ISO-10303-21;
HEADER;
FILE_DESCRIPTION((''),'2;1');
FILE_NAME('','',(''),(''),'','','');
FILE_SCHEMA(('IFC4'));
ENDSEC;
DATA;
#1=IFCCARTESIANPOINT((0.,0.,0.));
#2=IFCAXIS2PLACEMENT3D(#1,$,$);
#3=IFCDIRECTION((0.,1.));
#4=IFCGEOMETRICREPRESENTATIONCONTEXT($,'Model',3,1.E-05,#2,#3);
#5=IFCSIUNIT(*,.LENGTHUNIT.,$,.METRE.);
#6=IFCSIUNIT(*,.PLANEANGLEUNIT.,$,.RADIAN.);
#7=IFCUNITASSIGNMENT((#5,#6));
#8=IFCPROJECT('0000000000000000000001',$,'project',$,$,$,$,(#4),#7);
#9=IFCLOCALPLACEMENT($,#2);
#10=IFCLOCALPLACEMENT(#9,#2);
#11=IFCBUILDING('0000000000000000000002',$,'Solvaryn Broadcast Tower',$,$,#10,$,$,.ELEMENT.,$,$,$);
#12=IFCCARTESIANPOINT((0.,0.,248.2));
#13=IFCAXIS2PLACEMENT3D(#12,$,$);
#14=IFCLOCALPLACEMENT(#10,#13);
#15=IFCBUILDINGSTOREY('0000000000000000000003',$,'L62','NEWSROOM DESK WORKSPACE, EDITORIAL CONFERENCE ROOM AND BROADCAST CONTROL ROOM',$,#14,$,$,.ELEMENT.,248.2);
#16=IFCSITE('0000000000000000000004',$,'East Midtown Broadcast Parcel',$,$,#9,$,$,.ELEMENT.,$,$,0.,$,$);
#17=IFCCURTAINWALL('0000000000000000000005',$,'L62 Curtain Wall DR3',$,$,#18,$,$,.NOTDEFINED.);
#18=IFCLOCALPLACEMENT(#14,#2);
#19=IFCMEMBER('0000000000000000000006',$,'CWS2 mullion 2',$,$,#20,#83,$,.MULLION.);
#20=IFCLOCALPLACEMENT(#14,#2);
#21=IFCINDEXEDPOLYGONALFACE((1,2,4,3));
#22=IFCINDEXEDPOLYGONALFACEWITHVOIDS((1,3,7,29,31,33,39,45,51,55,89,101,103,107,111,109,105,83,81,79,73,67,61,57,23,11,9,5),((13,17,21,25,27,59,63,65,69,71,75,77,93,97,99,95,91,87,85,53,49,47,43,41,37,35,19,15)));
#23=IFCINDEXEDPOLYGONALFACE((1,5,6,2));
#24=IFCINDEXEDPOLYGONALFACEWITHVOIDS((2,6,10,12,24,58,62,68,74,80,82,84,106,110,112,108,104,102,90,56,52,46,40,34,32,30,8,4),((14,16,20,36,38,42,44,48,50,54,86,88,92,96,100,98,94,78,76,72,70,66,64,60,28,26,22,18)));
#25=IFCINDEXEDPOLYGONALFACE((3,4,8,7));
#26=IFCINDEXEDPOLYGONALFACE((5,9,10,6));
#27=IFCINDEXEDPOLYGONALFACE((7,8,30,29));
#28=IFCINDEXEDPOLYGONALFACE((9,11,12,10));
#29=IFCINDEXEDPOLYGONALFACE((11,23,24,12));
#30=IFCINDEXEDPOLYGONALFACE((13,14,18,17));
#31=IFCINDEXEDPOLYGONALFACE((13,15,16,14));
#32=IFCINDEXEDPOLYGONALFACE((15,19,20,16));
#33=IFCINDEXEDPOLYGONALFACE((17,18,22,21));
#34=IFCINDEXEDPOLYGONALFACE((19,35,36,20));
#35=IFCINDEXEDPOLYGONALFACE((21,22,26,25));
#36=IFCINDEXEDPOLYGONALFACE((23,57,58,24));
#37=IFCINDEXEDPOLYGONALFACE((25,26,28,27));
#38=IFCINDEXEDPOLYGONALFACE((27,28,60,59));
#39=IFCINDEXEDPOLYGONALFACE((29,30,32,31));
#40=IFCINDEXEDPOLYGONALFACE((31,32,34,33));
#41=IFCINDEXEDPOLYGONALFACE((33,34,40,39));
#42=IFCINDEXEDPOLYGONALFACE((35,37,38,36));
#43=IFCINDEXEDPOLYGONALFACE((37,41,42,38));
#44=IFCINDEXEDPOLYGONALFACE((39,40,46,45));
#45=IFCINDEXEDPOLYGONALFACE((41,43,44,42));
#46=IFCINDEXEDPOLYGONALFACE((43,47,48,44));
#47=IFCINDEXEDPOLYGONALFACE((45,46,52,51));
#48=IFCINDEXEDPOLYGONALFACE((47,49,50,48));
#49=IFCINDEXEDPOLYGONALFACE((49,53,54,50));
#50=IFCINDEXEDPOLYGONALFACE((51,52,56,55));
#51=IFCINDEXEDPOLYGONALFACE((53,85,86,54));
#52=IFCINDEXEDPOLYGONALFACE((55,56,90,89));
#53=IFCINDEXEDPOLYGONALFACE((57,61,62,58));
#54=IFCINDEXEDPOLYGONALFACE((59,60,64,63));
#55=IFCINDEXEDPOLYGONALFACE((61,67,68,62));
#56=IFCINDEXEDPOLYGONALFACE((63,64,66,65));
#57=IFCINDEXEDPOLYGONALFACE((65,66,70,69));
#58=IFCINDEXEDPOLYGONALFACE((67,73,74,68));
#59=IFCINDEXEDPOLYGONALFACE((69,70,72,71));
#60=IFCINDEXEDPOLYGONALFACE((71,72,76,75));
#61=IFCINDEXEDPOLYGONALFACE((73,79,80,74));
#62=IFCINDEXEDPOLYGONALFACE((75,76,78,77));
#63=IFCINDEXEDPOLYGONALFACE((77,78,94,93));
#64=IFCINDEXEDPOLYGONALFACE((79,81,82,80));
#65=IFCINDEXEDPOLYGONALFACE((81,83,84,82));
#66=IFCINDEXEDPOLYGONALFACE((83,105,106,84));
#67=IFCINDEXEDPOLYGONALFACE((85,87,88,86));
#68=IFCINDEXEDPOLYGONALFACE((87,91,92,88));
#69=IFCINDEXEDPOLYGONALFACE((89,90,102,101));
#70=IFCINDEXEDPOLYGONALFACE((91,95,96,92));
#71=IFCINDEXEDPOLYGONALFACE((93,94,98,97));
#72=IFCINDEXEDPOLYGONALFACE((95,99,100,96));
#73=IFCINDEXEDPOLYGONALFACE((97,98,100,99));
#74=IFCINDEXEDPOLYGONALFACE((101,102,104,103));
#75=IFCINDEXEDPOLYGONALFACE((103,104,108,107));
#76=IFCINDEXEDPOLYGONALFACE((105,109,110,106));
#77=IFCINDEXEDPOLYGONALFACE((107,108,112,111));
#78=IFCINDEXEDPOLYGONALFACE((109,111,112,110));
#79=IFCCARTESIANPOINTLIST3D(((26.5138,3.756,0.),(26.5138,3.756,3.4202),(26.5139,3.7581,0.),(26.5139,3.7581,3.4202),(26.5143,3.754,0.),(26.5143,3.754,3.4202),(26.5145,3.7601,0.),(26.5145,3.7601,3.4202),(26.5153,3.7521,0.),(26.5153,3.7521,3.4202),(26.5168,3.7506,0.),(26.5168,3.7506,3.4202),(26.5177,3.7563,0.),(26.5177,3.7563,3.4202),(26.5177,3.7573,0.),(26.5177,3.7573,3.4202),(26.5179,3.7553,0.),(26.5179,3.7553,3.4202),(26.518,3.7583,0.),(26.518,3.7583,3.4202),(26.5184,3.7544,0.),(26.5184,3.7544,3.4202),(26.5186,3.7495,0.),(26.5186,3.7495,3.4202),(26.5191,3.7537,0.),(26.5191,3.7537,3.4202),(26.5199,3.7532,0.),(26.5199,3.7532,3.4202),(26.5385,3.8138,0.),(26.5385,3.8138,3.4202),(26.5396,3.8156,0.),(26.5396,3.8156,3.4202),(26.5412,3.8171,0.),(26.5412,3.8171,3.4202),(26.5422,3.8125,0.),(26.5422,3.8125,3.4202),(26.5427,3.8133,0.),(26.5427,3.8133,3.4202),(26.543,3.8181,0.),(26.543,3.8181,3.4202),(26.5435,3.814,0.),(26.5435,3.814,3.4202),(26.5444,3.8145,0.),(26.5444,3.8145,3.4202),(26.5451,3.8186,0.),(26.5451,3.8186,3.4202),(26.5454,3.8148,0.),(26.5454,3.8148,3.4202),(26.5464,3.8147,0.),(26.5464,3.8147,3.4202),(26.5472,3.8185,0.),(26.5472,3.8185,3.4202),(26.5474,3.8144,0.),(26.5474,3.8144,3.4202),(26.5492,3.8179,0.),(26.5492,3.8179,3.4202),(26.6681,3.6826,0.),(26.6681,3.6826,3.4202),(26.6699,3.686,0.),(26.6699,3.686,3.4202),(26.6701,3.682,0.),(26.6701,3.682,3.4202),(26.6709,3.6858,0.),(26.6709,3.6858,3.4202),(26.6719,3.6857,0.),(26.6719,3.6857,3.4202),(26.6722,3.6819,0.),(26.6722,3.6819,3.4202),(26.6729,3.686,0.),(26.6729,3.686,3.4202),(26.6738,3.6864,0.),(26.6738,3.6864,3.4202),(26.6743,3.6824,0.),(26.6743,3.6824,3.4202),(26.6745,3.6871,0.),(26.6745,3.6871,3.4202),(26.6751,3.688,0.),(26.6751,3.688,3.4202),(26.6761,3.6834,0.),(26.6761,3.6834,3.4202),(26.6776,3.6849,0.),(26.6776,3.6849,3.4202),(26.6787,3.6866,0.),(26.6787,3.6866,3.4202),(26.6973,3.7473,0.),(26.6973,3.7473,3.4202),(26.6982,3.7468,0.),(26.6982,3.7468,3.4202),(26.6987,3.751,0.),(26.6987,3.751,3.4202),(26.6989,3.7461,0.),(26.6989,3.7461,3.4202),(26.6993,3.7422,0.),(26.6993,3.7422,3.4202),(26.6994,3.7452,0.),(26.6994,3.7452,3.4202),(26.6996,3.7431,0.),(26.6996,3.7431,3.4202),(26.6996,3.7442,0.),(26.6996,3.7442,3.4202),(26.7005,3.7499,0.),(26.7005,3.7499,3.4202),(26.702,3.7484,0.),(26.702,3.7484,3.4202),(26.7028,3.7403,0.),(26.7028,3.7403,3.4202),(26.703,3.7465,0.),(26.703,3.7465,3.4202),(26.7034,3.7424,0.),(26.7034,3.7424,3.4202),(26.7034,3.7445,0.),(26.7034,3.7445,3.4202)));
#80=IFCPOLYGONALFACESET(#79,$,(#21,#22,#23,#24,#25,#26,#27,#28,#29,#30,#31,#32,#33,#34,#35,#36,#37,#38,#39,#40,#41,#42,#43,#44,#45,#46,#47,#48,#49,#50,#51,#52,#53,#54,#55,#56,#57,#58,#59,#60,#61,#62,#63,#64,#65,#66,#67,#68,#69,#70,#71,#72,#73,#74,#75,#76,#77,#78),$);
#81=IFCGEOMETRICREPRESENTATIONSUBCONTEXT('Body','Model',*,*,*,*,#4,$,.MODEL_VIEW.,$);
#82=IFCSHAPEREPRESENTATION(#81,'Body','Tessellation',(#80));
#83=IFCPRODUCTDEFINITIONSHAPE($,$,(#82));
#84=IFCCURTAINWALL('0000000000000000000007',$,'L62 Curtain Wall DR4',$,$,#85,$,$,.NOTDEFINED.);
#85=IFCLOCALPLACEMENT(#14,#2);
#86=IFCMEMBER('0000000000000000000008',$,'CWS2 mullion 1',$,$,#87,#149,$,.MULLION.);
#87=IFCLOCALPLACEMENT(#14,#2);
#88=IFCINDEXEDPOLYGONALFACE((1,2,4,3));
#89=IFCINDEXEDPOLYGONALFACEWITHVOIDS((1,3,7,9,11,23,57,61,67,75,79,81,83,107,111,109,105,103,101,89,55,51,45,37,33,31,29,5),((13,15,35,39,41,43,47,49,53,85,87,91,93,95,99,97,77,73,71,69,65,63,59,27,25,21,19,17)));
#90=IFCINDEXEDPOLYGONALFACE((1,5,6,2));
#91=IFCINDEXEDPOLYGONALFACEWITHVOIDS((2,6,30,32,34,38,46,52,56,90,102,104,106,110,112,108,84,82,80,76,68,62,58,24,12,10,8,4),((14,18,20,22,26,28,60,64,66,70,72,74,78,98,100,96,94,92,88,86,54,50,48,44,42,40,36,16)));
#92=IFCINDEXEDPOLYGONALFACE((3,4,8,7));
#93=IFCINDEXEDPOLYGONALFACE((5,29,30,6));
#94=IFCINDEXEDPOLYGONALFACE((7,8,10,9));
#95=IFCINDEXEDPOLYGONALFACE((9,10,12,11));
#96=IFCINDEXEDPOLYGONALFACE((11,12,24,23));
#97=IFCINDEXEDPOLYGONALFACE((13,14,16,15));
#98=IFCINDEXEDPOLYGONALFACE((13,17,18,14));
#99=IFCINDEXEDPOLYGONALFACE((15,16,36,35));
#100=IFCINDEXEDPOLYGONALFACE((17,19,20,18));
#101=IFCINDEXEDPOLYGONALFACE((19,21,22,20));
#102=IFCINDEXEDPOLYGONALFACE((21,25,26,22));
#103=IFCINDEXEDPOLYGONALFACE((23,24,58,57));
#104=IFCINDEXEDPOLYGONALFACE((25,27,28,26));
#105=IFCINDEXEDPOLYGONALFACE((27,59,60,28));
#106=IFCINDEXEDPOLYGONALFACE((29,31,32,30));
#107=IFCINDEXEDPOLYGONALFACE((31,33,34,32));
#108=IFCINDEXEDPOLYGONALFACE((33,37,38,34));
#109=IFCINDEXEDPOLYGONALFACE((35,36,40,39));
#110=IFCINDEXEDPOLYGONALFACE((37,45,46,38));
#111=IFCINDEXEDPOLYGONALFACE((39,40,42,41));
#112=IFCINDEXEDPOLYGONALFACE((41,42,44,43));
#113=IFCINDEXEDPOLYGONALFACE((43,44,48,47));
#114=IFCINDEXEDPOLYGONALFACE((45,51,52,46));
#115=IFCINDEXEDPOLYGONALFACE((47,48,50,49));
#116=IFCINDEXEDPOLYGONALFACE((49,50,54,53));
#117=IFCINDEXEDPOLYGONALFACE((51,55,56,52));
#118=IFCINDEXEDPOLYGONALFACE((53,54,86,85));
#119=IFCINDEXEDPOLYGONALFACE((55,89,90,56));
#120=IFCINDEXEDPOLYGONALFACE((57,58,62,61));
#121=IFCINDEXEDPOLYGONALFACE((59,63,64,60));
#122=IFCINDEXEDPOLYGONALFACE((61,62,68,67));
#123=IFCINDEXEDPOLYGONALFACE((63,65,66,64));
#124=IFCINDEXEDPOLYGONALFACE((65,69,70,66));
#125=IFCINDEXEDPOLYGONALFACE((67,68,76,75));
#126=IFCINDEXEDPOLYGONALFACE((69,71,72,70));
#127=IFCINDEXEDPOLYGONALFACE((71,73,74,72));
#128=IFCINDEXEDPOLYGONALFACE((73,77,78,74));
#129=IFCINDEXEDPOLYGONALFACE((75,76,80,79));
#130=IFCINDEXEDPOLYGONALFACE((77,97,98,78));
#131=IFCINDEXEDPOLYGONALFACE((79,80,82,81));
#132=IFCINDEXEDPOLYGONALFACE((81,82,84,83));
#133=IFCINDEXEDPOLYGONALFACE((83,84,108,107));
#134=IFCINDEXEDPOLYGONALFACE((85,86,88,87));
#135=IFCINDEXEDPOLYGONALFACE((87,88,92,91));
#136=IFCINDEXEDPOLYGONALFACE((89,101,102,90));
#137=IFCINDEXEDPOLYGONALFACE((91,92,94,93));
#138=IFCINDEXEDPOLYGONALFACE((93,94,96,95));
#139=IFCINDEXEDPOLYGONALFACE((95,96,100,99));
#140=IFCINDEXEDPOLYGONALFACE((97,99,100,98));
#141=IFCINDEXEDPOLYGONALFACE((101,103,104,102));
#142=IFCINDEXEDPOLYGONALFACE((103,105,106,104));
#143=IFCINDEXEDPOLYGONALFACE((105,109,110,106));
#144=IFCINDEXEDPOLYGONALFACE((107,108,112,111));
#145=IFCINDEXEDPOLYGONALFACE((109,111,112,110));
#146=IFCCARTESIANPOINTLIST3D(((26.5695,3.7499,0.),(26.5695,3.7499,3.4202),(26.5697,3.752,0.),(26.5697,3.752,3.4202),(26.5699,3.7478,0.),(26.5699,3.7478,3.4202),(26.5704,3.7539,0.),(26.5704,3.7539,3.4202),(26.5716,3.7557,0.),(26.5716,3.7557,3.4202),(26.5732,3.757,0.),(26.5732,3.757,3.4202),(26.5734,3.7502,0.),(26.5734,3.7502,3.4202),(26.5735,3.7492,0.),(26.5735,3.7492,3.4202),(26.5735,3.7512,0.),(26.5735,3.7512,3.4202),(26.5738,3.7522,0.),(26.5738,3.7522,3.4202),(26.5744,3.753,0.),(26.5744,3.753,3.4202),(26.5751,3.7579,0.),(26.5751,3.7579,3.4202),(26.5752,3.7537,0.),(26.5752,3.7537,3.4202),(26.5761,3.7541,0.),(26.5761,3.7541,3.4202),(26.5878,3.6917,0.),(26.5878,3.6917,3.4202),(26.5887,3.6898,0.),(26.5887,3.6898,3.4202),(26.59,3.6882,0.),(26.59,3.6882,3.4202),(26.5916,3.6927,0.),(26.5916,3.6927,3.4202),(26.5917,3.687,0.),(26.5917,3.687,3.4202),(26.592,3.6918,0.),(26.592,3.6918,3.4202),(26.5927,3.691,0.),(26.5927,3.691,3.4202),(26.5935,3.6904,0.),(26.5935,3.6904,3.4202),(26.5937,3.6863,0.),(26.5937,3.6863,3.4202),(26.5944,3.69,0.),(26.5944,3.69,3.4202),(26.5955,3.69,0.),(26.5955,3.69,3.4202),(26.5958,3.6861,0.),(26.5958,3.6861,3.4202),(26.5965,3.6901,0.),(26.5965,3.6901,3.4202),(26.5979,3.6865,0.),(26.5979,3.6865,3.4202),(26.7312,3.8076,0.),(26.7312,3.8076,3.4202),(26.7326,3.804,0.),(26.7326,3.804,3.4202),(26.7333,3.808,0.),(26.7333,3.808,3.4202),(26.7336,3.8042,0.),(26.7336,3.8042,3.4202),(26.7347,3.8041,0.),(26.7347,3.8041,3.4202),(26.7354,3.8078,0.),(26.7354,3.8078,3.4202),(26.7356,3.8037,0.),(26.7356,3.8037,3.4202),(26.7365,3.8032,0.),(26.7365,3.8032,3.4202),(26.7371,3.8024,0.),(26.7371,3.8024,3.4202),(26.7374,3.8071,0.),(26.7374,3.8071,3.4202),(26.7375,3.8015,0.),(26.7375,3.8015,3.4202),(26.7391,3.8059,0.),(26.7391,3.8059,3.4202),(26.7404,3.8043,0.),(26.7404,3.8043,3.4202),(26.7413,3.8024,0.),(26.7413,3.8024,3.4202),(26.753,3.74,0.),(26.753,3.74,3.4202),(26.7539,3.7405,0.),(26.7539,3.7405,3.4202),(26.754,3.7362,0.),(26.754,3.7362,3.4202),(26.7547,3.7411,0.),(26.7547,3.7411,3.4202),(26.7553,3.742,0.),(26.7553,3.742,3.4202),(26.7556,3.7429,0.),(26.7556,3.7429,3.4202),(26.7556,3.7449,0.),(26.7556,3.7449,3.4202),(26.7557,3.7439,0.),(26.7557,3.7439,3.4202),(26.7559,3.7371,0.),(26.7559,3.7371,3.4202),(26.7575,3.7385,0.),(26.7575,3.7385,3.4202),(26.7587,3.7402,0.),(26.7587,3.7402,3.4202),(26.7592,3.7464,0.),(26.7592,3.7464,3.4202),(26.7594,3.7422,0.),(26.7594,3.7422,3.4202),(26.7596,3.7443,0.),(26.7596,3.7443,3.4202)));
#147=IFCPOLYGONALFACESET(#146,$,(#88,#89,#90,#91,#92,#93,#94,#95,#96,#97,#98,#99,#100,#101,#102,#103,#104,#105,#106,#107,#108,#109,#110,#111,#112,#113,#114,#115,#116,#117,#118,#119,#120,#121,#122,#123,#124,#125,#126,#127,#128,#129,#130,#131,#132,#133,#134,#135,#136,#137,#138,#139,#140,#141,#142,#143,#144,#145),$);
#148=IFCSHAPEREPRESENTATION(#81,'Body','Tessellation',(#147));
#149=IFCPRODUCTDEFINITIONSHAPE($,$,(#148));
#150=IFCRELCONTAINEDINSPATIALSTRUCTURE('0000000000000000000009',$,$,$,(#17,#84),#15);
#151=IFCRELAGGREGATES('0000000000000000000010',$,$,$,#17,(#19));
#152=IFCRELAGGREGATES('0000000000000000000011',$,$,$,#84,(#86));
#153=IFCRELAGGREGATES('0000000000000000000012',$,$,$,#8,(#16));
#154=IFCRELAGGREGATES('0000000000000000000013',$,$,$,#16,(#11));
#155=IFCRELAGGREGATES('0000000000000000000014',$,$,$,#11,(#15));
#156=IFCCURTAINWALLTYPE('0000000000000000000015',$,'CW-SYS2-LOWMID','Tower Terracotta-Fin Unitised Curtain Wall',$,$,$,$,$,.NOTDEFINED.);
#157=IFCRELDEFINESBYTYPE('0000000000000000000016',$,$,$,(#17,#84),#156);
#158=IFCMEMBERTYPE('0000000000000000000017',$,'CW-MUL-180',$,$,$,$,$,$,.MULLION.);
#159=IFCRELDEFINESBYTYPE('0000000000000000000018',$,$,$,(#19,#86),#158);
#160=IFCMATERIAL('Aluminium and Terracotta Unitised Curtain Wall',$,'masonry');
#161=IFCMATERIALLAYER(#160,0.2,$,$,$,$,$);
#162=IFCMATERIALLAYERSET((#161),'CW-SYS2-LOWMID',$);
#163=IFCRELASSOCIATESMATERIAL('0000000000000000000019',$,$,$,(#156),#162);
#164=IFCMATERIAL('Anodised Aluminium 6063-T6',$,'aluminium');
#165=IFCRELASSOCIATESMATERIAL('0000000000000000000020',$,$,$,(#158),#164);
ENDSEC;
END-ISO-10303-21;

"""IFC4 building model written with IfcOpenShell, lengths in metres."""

from ifc_helpers import new_model, si_unit, direction, frame, origin, origin_2d, place, context, subcontext, project, spatial, hollow_rectangle, extrude, material, layer, layer_set, material_profile, profile_set, type_object, element, aggregate, save


model = new_model("IFC4")

# Units and contexts
model_context = context("Model", 3, precision=1e-05, world=origin(), true_north=direction((0.0, 1.0)))
body_context = subcontext(model_context, "Body", "Model", "MODEL_VIEW")
ifc_project = project(units=[si_unit("LENGTHUNIT", "METRE"), si_unit("PLANEANGLEUNIT", "RADIAN")], contexts=[model_context])

# Site, building, storey
site_placement = place(None, origin())
site = spatial("IfcSite", under=ifc_project, at=site_placement, Name="East Midtown Broadcast Parcel", CompositionType="ELEMENT", RefElevation=0.0)
building_placement = place(site_placement, origin())
building = spatial("IfcBuilding", under=site, at=building_placement, Name="Solvaryn Broadcast Tower", CompositionType="ELEMENT")
storey_placement = place(building_placement, frame((0.0, 0.0, 248.2)))
storey = spatial("IfcBuildingStorey", under=building, at=storey_placement, Name="L62", Description="NEWSROOM DESK WORKSPACE, EDITORIAL CONFERENCE ROOM AND BROADCAST CONTROL ROOM", CompositionType="ELEMENT", Elevation=248.2)

# Curtain wall, member
ifc_material_1 = material(Name="Aluminium and Terracotta Unitised Curtain Wall", Category="masonry")
ifc_layer_1 = layer(ifc_material_1, 0.2)
ifc_layer_set_1 = layer_set([ifc_layer_1], Name="CW-SYS2-LOWMID")
curtain_wall_type = type_object("IfcCurtainWallType", Name="CW-SYS2-LOWMID", Description="Tower Terracotta-Fin Unitised Curtain Wall", PredefinedType="NOTDEFINED", material=ifc_layer_set_1)
curtain_wall_1_placement = place(storey_placement, origin())
curtain_wall_1 = element("IfcCurtainWall", 1, at=curtain_wall_1_placement, inside=storey, type_object=curtain_wall_type, Name="L62 Curtain Wall DR3", PredefinedType="NOTDEFINED")
ifc_material_2 = material(Name="Anodised Aluminium 6063-T6", Category="aluminium")
ifc_material_profile_1 = material_profile(ifc_material_2, hollow_rectangle(XDim=0.075, YDim=0.1799, WallThickness=0.0039, InnerFilletRadius=0.0039, OuterFilletRadius=0.0081, at=origin_2d()))
ifc_profile_set_1 = profile_set([ifc_material_profile_1], Name="Anodised Aluminium 6063-T6")
member_type_1 = type_object("IfcMemberType", Name="CW-MUL-180", PredefinedType="MULLION", material=ifc_profile_set_1)
member_1_placement = place(storey_placement, frame((26.6086, 3.7502, 0.0), z_axis=(0.0, 0.0, 1.0), x_axis=(0.408466, 0.912774, 0.0)))
member_1 = element("IfcMember", 2, at=member_1_placement, type_object=member_type_1, Name="CWS2 mullion 2", PredefinedType="MULLION", context=body_context, shape_type="SweptSolid", body=[
    extrude(hollow_rectangle(XDim=0.075, YDim=0.1799, WallThickness=0.0039, InnerFilletRadius=0.0039, OuterFilletRadius=0.0081, at=origin_2d()), origin(), (0.0, 0.0, 1.0), 3.4202),
])
aggregate(curtain_wall_1, [member_1])

# Curtain wall, member
curtain_wall_2_placement = place(storey_placement, origin())
curtain_wall_2 = element("IfcCurtainWall", 3, at=curtain_wall_2_placement, inside=storey, type_object=curtain_wall_type, Name="L62 Curtain Wall DR4", PredefinedType="NOTDEFINED")
member_2_placement = place(storey_placement, frame((26.6646, 3.7471, 0.0), z_axis=(0.0, 0.0, 1.0), x_axis=(-0.303616, 0.952795, 0.0)))
member_2 = element("IfcMember", 4, at=member_2_placement, type_object=member_type_1, Name="CWS2 mullion 1", PredefinedType="MULLION", context=body_context, shape_type="SweptSolid", body=[
    extrude(hollow_rectangle(XDim=0.075, YDim=0.1799, WallThickness=0.0039, InnerFilletRadius=0.0039, OuterFilletRadius=0.0081, at=origin_2d()), origin(), (0.0, 0.0, 1.0), 3.4202),
])
aggregate(curtain_wall_2, [member_2])

save(model, "model.ifc")
